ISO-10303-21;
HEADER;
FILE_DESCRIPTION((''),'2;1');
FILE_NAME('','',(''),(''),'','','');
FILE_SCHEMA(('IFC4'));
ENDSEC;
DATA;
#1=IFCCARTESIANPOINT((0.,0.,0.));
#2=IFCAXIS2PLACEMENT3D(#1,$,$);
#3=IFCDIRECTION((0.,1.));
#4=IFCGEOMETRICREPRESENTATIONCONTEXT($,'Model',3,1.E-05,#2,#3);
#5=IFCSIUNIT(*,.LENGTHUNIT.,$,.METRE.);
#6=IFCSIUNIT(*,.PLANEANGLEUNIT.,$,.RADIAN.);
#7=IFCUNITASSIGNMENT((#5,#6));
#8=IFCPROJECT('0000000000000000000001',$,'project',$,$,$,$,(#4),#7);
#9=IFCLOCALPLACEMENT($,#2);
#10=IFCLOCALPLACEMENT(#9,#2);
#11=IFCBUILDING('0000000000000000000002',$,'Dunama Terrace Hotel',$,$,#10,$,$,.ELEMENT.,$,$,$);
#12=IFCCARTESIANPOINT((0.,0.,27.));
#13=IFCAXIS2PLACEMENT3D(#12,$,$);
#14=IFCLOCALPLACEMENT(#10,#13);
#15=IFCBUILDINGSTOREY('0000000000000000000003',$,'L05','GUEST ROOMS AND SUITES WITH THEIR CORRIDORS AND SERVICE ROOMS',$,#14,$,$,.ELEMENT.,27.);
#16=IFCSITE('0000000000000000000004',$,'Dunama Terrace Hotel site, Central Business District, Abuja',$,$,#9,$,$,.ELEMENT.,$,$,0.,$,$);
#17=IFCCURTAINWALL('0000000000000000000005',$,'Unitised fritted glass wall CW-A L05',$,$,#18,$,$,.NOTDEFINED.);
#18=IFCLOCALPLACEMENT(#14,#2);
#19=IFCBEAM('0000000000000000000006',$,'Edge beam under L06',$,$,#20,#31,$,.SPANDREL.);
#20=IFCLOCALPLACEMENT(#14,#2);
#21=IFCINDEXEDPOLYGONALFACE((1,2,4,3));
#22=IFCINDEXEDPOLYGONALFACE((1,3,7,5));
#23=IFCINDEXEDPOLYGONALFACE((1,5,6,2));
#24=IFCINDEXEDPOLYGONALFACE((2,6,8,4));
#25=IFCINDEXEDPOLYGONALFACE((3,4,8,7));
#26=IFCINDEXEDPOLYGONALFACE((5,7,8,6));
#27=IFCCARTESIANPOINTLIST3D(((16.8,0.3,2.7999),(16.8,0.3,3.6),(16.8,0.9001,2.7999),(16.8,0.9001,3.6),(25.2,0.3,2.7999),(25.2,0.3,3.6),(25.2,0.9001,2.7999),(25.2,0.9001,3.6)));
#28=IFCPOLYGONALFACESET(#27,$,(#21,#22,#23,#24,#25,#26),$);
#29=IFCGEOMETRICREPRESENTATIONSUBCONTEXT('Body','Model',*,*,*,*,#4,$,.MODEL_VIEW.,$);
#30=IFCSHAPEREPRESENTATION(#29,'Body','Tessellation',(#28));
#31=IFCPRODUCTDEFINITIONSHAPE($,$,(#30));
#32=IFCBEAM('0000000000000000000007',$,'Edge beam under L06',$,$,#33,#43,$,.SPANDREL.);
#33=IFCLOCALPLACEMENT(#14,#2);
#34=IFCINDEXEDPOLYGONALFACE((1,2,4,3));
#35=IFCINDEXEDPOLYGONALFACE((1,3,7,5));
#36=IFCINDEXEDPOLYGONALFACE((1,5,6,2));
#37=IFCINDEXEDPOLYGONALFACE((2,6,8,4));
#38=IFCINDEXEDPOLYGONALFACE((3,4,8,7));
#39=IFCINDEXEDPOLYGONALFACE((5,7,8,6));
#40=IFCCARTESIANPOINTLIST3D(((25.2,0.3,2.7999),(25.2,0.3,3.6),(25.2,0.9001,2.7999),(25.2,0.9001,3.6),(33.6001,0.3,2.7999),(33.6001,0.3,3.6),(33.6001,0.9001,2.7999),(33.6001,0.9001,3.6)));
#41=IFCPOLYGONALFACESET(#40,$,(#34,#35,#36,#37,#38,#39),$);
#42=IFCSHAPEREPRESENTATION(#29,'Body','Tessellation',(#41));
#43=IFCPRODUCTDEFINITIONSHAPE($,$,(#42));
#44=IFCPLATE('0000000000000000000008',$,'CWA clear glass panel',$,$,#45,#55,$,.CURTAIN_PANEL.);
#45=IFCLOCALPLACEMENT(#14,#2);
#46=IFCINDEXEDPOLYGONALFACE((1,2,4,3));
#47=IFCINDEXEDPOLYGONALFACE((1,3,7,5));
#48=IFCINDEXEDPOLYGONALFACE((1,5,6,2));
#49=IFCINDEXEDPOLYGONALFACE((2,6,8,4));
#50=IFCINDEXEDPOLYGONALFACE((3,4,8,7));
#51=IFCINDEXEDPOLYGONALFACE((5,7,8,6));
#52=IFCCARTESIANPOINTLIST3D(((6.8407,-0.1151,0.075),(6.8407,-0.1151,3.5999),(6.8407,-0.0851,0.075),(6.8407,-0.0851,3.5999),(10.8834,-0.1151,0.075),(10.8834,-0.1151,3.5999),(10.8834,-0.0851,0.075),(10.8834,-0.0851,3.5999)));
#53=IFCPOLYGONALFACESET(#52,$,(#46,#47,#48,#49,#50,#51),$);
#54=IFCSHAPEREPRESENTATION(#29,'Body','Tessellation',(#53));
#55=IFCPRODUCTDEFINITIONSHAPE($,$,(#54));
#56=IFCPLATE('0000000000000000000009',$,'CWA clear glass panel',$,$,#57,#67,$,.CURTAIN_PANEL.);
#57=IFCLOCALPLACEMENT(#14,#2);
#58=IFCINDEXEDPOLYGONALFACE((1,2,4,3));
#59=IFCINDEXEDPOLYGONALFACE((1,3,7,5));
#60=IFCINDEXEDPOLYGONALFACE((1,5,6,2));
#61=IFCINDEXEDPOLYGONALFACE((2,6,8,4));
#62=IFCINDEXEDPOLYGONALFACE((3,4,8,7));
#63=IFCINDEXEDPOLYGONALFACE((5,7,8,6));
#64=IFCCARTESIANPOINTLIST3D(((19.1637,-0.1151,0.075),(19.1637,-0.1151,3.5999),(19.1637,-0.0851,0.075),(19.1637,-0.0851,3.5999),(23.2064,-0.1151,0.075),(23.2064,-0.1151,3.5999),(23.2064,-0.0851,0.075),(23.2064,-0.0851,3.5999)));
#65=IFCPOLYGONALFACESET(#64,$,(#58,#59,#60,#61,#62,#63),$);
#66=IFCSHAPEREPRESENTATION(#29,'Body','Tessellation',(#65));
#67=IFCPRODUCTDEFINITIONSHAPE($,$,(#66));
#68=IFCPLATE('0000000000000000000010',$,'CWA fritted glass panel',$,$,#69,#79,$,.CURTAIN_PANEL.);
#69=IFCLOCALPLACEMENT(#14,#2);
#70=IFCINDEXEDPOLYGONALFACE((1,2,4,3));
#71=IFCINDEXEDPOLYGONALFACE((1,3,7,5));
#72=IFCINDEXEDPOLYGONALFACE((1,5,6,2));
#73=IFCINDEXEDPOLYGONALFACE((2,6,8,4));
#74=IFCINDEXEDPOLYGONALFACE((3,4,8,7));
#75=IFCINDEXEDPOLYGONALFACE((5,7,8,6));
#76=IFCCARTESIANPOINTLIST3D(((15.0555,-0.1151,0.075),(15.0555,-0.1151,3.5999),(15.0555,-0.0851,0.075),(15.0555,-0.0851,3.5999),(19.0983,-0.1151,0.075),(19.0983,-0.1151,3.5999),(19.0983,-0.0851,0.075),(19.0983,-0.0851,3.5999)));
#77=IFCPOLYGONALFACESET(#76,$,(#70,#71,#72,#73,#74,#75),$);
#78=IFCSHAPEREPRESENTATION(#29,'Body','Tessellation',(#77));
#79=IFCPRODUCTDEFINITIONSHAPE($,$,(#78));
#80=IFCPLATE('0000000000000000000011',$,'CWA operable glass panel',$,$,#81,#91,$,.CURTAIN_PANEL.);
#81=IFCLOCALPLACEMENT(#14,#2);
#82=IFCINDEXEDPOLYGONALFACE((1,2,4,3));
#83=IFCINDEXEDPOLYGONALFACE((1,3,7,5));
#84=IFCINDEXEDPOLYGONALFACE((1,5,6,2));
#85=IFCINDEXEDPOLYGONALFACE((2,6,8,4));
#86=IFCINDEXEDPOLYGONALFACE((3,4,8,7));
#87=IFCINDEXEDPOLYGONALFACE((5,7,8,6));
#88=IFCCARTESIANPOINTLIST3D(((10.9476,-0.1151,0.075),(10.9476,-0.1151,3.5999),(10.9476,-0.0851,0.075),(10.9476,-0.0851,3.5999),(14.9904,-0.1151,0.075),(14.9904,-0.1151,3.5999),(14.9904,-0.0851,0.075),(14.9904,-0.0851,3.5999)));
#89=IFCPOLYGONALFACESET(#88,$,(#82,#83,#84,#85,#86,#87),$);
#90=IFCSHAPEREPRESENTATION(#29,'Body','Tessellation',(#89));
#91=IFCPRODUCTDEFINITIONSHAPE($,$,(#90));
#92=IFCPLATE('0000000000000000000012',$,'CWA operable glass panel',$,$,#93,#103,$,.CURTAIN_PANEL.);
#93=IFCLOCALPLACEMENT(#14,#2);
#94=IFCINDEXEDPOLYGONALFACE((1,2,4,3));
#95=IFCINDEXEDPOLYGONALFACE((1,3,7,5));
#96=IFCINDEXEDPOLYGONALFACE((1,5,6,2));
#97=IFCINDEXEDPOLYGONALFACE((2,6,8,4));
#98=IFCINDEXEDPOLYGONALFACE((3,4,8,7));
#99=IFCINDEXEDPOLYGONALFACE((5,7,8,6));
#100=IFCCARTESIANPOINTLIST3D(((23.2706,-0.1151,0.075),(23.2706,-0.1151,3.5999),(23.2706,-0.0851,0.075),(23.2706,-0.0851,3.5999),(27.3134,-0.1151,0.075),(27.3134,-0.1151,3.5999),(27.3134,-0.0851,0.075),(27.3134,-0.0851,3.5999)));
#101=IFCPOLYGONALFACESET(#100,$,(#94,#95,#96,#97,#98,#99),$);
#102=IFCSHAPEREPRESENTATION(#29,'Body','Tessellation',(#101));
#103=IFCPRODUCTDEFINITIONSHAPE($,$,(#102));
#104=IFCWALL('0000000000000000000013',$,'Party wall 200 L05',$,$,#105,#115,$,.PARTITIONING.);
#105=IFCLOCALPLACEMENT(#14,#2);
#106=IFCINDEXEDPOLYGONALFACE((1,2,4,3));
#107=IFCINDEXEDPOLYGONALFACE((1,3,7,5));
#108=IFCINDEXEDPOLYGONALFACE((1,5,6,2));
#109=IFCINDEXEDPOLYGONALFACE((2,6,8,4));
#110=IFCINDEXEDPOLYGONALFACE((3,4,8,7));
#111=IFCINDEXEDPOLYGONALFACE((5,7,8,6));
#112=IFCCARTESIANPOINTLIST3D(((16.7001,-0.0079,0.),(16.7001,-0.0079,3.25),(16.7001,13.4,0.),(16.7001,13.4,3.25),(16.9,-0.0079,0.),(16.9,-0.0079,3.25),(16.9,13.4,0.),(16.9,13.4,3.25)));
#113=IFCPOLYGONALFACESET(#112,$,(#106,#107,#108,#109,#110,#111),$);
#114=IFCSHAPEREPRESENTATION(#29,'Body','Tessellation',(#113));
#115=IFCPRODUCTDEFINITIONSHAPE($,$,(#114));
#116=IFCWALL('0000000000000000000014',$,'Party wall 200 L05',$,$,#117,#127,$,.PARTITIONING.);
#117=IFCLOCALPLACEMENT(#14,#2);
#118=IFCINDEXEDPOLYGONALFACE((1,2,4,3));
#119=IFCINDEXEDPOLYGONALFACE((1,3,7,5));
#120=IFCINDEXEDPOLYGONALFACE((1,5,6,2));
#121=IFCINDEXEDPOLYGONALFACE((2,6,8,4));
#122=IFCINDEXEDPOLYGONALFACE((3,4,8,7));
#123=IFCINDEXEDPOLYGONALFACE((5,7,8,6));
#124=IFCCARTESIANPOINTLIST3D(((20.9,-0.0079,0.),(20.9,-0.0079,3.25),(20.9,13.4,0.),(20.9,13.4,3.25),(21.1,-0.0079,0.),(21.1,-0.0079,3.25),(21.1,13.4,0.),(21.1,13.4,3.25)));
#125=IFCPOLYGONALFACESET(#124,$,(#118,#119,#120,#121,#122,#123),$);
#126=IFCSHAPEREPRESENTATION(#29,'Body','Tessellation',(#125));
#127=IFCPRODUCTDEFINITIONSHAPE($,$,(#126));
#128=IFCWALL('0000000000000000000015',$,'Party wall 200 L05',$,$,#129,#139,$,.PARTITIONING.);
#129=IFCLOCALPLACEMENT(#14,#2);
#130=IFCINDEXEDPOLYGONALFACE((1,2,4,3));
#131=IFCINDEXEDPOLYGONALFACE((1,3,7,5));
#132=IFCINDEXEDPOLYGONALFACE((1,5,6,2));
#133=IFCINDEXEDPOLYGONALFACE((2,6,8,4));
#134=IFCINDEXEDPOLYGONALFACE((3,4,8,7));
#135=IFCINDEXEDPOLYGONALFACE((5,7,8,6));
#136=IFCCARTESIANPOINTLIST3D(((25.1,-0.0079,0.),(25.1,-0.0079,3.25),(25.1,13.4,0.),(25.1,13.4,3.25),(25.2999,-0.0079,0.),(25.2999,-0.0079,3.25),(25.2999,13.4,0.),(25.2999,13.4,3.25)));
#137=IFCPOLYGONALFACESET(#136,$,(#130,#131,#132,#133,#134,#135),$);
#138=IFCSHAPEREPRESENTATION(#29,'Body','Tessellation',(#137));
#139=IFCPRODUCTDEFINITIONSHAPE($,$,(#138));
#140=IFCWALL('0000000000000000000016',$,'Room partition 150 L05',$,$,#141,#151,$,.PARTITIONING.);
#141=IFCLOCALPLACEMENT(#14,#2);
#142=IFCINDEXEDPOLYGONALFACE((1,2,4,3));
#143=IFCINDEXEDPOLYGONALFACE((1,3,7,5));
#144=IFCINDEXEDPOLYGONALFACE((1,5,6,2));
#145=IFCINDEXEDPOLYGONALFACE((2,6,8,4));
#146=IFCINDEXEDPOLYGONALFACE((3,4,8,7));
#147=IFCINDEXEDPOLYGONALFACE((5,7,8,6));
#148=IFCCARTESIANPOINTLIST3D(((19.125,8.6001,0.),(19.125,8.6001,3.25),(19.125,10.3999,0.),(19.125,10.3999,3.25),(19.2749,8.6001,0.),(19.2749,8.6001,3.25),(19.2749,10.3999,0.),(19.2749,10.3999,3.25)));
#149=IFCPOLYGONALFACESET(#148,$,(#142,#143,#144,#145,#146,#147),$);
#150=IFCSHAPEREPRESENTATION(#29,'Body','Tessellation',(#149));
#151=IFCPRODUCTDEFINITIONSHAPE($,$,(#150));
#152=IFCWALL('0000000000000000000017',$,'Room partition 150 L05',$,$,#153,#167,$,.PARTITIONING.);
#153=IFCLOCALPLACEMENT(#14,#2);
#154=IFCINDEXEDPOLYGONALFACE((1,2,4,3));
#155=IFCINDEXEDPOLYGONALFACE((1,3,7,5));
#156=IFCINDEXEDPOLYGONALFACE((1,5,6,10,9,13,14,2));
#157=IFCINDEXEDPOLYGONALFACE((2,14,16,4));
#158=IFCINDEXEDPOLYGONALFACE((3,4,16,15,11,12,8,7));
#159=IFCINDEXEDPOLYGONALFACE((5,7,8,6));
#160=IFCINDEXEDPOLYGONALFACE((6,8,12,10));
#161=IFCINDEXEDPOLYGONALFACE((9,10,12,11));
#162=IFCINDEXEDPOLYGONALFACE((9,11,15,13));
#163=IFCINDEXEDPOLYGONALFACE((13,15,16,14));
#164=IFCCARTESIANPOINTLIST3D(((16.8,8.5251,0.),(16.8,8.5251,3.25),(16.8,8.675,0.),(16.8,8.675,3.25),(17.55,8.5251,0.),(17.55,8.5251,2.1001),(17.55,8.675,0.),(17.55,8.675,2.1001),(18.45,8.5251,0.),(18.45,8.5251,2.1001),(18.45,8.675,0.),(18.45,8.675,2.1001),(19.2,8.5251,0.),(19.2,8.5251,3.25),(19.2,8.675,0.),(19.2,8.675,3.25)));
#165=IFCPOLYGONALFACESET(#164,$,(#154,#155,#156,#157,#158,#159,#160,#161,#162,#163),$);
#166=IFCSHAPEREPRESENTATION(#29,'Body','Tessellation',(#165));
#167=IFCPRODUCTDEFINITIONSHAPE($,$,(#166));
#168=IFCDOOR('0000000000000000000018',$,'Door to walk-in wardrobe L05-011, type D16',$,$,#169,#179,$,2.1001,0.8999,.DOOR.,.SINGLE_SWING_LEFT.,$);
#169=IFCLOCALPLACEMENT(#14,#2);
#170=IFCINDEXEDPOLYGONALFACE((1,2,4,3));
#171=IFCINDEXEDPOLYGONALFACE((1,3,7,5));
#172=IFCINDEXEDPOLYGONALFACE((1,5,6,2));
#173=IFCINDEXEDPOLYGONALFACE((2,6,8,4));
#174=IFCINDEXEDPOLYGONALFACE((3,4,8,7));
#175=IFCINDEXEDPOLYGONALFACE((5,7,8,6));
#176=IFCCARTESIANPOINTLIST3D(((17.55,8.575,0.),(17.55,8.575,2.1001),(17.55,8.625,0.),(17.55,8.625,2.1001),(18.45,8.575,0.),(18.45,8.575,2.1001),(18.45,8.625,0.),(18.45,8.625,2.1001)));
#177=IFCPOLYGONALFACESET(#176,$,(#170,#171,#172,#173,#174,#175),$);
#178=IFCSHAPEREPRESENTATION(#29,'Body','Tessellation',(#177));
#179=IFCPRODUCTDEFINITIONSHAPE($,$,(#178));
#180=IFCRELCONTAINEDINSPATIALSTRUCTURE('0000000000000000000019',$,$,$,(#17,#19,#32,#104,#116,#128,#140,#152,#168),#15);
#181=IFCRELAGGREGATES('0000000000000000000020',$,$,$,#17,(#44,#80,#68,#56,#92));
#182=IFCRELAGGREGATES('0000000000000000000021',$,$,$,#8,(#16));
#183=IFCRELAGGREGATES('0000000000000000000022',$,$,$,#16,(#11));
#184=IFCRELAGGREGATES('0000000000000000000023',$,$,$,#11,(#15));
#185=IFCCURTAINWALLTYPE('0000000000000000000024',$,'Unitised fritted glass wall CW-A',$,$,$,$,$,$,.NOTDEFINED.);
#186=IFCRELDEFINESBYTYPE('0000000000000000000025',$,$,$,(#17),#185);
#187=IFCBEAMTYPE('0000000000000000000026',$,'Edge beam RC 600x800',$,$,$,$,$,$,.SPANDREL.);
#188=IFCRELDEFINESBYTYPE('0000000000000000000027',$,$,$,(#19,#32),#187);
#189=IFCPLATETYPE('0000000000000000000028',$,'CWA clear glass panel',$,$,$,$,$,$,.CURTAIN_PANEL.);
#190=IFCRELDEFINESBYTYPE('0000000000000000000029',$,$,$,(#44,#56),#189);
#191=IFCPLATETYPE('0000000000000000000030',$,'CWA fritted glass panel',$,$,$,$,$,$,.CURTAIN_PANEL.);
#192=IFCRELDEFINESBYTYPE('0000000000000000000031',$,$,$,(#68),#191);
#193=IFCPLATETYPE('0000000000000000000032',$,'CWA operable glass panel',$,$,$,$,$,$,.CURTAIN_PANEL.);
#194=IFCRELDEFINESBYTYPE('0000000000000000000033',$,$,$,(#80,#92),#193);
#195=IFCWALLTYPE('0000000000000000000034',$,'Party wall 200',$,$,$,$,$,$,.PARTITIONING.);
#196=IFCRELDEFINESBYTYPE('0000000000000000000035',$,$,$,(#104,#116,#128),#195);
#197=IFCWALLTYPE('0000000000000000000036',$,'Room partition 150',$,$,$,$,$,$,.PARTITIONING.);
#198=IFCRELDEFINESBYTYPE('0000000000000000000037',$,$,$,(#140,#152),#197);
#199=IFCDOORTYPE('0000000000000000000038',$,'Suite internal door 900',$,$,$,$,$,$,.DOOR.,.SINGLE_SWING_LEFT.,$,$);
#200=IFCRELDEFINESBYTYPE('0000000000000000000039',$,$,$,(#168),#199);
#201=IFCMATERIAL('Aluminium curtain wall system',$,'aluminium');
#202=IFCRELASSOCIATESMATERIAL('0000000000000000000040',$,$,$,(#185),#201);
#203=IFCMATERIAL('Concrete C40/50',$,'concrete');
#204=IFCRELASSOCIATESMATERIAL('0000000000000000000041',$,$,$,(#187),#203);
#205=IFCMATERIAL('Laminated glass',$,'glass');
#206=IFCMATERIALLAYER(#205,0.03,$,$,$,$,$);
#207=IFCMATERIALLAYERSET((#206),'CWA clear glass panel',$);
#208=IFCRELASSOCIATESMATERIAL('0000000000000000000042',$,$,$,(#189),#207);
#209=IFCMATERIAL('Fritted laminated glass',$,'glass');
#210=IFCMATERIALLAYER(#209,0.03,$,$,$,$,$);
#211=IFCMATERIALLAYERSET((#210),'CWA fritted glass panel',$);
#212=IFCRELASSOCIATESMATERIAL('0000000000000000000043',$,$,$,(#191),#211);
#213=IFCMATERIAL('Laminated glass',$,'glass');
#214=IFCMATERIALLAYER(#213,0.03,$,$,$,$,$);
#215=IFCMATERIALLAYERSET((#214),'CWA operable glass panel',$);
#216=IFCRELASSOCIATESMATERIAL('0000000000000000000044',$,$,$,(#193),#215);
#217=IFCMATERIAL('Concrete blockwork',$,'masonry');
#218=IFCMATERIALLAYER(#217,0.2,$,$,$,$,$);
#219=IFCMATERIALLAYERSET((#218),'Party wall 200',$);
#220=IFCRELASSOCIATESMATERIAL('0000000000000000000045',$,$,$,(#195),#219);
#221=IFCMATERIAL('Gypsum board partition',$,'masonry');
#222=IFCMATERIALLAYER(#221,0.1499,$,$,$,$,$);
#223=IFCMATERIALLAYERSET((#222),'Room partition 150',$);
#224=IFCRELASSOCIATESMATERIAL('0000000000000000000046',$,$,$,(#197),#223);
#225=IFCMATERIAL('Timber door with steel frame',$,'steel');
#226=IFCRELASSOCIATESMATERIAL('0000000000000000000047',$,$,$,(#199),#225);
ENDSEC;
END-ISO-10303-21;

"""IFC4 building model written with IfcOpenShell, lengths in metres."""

from ifc_helpers import new_model, si_unit, direction, frame, frame_2d, origin, origin_2d, place, context, subcontext, project, spatial, rectangle, extrude, material, layer, layer_set, material_profile, profile_set, type_object, element, fill, aggregate, save


model = new_model("IFC4")

# Units and contexts
model_context = context("Model", 3, precision=1e-05, world=origin(), true_north=direction((0.0, 1.0)))
body_context = subcontext(model_context, "Body", "Model", "MODEL_VIEW")
ifc_project = project(units=[si_unit("LENGTHUNIT", "METRE"), si_unit("PLANEANGLEUNIT", "RADIAN")], contexts=[model_context])

# Site, building, storey
site_placement = place(None, origin())
site = spatial("IfcSite", under=ifc_project, at=site_placement, Name="Dunama Terrace Hotel site, Central Business District, Abuja", CompositionType="ELEMENT", RefElevation=0.0)
building_placement = place(site_placement, origin())
building = spatial("IfcBuilding", under=site, at=building_placement, Name="Dunama Terrace Hotel", CompositionType="ELEMENT")
storey_placement = place(building_placement, frame((0.0, 0.0, 27.0)))
storey = spatial("IfcBuildingStorey", under=building, at=storey_placement, Name="L05", Description="GUEST ROOMS AND SUITES WITH THEIR CORRIDORS AND SERVICE ROOMS", CompositionType="ELEMENT", Elevation=27.0)

# Curtain wall
ifc_material_1 = material(Name="Aluminium curtain wall system", Category="aluminium")
curtain_wall_type = type_object("IfcCurtainWallType", Name="Unitised fritted glass wall CW-A", PredefinedType="NOTDEFINED", material=ifc_material_1)
curtain_wall_placement = place(storey_placement, origin())
curtain_wall = element("IfcCurtainWall", 1, at=curtain_wall_placement, inside=storey, type_object=curtain_wall_type, Name="Unitised fritted glass wall CW-A L05", PredefinedType="NOTDEFINED")

# Beams
ifc_material_2 = material(Name="Concrete C40/50", Category="concrete")
ifc_material_profile_1 = material_profile(ifc_material_2, rectangle(XDim=0.6001, YDim=0.8, at=origin_2d()), Name="RC 600x800")
ifc_profile_set_1 = profile_set([ifc_material_profile_1], Name="Concrete C40/50")
beam_type = type_object("IfcBeamType", Name="Edge beam RC 600x800", PredefinedType="SPANDREL", material=ifc_profile_set_1)
beam_1_placement = place(storey_placement, frame((16.8, 0.6001, 3.2), z_axis=(1.0, 0.0, 0.0), x_axis=(0.0, 1.0, 0.0)))
element("IfcBeam", 2, at=beam_1_placement, inside=storey, type_object=beam_type, Name="Edge beam under L06", PredefinedType="SPANDREL", context=body_context, shape_type="SweptSolid", body=[
    extrude(rectangle(XDim=0.6001, YDim=0.8, at=origin_2d()), origin(), (0.0, 0.0, 1.0), 8.3999),
])
beam_2_placement = place(storey_placement, frame((25.2, 0.6001, 3.2), z_axis=(1.0, 0.0, 0.0), x_axis=(0.0, 1.0, 0.0)))
element("IfcBeam", 3, at=beam_2_placement, inside=storey, type_object=beam_type, Name="Edge beam under L06", PredefinedType="SPANDREL", context=body_context, shape_type="SweptSolid", body=[
    extrude(rectangle(XDim=0.6001, YDim=0.8, at=origin_2d()), origin(), (0.0, 0.0, 1.0), 8.4001),
])

# Plates
ifc_material_3 = material(Name="Laminated glass", Category="glass")
ifc_layer_1 = layer(ifc_material_3, 0.03)
ifc_layer_set_1 = layer_set([ifc_layer_1], Name="CWA clear glass panel")
plate_type_1 = type_object("IfcPlateType", Name="CWA clear glass panel", PredefinedType="CURTAIN_PANEL", material=ifc_layer_set_1)
plate_1_placement = place(storey_placement, frame((8.8621, -0.1001, 0.075), z_axis=(0.0, 0.0, 1.0), x_axis=(1.0, 0.0, 0.0)))
plate_1 = element("IfcPlate", 4, at=plate_1_placement, type_object=plate_type_1, Name="CWA clear glass panel", PredefinedType="CURTAIN_PANEL", context=body_context, shape_type="SweptSolid", body=[
    extrude(rectangle(XDim=4.0427, YDim=0.03, at=origin_2d()), origin(), (0.0, 0.0, 1.0), 3.5249),
])
plate_2_placement = place(storey_placement, frame((21.1851, -0.1001, 0.075), z_axis=(0.0, 0.0, 1.0), x_axis=(1.0, 0.0, 0.0)))
plate_2 = element("IfcPlate", 5, at=plate_2_placement, type_object=plate_type_1, Name="CWA clear glass panel", PredefinedType="CURTAIN_PANEL", context=body_context, shape_type="SweptSolid", body=[
    extrude(rectangle(XDim=4.0427, YDim=0.03, at=origin_2d()), origin(), (0.0, 0.0, 1.0), 3.5249),
])
ifc_material_4 = material(Name="Fritted laminated glass", Category="glass")
ifc_layer_2 = layer(ifc_material_4, 0.03)
ifc_layer_set_2 = layer_set([ifc_layer_2], Name="CWA fritted glass panel")
plate_type_2 = type_object("IfcPlateType", Name="CWA fritted glass panel", PredefinedType="CURTAIN_PANEL", material=ifc_layer_set_2)
plate_3_placement = place(storey_placement, frame((17.0769, -0.1001, 0.075), z_axis=(0.0, 0.0, 1.0), x_axis=(1.0, 0.0, 0.0)))
plate_3 = element("IfcPlate", 6, at=plate_3_placement, type_object=plate_type_2, Name="CWA fritted glass panel", PredefinedType="CURTAIN_PANEL", context=body_context, shape_type="SweptSolid", body=[
    extrude(rectangle(XDim=4.0427, YDim=0.03, at=origin_2d()), origin(), (0.0, 0.0, 1.0), 3.5249),
])
ifc_material_5 = material(Name="Laminated glass", Category="glass")
ifc_layer_3 = layer(ifc_material_5, 0.03)
ifc_layer_set_3 = layer_set([ifc_layer_3], Name="CWA operable glass panel")
plate_type_3 = type_object("IfcPlateType", Name="CWA operable glass panel", PredefinedType="CURTAIN_PANEL", material=ifc_layer_set_3)
plate_4_placement = place(storey_placement, frame((12.969, -0.1001, 0.075), z_axis=(0.0, 0.0, 1.0), x_axis=(1.0, 0.0, 0.0)))
plate_4 = element("IfcPlate", 7, at=plate_4_placement, type_object=plate_type_3, Name="CWA operable glass panel", PredefinedType="CURTAIN_PANEL", context=body_context, shape_type="SweptSolid", body=[
    extrude(rectangle(XDim=4.0427, YDim=0.03, at=origin_2d()), origin(), (0.0, 0.0, 1.0), 3.5249),
])
plate_5_placement = place(storey_placement, frame((25.292, -0.1001, 0.075), z_axis=(0.0, 0.0, 1.0), x_axis=(1.0, 0.0, 0.0)))
plate_5 = element("IfcPlate", 8, at=plate_5_placement, type_object=plate_type_3, Name="CWA operable glass panel", PredefinedType="CURTAIN_PANEL", context=body_context, shape_type="SweptSolid", body=[
    extrude(rectangle(XDim=4.0427, YDim=0.03, at=origin_2d()), origin(), (0.0, 0.0, 1.0), 3.5249),
])
aggregate(curtain_wall, [plate_1, plate_4, plate_3, plate_2, plate_5])

# Walls
ifc_material_6 = material(Name="Concrete blockwork", Category="masonry")
ifc_layer_4 = layer(ifc_material_6, 0.2)
ifc_layer_set_4 = layer_set([ifc_layer_4], Name="Party wall 200")
wall_type_1 = type_object("IfcWallType", Name="Party wall 200", PredefinedType="PARTITIONING", material=ifc_layer_set_4)
for number, where, z_axis, x_axis, name in (
    (9, (16.8, -0.0081, 0.0), (0.0, 0.0, 1.0), (0.0, 1.0, 0.0), "Party wall 200 L05"),
    (10, (21.0, -0.0081, 0.0), (0.0, 0.0, 1.0), (0.0, 1.0, 0.0), "Party wall 200 L05"),
    (11, (25.2, -0.0081, 0.0), (0.0, 0.0, 1.0), (0.0, 1.0, 0.0), "Party wall 200 L05"),
):
    element("IfcWall", number, at=place(storey_placement, frame(where, z_axis=z_axis, x_axis=x_axis)), inside=storey, type_object=wall_type_1, Name=name, PredefinedType="PARTITIONING", context=body_context, shape_type="SweptSolid", body=[
        extrude(rectangle(XDim=13.408, YDim=0.2, at=frame_2d((6.7041, 0.0))), origin(), (0.0, 0.0, 1.0), 3.25),
    ])
ifc_material_7 = material(Name="Gypsum board partition", Category="masonry")
ifc_layer_5 = layer(ifc_material_7, 0.1499)
ifc_layer_set_5 = layer_set([ifc_layer_5], Name="Room partition 150")
wall_type_2 = type_object("IfcWallType", Name="Room partition 150", PredefinedType="PARTITIONING", material=ifc_layer_set_5)
wall_1_placement = place(storey_placement, frame((19.2, 8.6001, 0.0), z_axis=(0.0, 0.0, 1.0), x_axis=(0.0, 1.0, 0.0)))
element("IfcWall", 12, at=wall_1_placement, inside=storey, type_object=wall_type_2, Name="Room partition 150 L05", PredefinedType="PARTITIONING", context=body_context, shape_type="SweptSolid", body=[
    extrude(rectangle(XDim=1.7998, YDim=0.1499, at=frame_2d((0.8999, 0.0))), origin(), (0.0, 0.0, 1.0), 3.25),
])

# Wall, opening, door
wall_2_placement = place(storey_placement, frame((16.8, 8.6001, 0.0), z_axis=(0.0, 0.0, 1.0), x_axis=(1.0, 0.0, 0.0)))
wall_2 = element("IfcWall", 13, at=wall_2_placement, inside=storey, type_object=wall_type_2, Name="Room partition 150 L05", PredefinedType="PARTITIONING", context=body_context, shape_type="SweptSolid", body=[
    extrude(rectangle(XDim=2.3999, YDim=0.1499, at=frame_2d((1.2, 0.0))), origin(), (0.0, 0.0, 1.0), 3.25),
])
opening_placement = place(wall_2_placement, frame((0.75, 0.0, 0.0)))
opening = element("IfcOpeningElement", 14, at=opening_placement, cuts=wall_2, PredefinedType="OPENING", context=body_context, shape_type="SweptSolid", body=[
    extrude(rectangle(XDim=0.8999, YDim=2.1001, at=frame_2d((0.45, 1.05))), frame((0.0, 0.085, 0.0), z_axis=(0.0, -1.0, 0.0), x_axis=(1.0, 0.0, 0.0)), (0.0, 0.0, 1.0), 0.1699),
])
ifc_material_8 = material(Name="Timber door with steel frame", Category="steel")
door_type = type_object("IfcDoorType", Name="Suite internal door 900", OperationType="SINGLE_SWING_LEFT", PredefinedType="DOOR", material=ifc_material_8)
door_placement = place(opening_placement, origin())
door = element("IfcDoor", 15, at=door_placement, inside=storey, type_object=door_type, Name="Door to walk-in wardrobe L05-011, type D16", OperationType="SINGLE_SWING_LEFT", OverallHeight=2.1001, OverallWidth=0.8999, PredefinedType="DOOR", context=body_context, shape_type="SweptSolid", body=[
    extrude(rectangle(XDim=0.8999, YDim=2.1001, at=frame_2d((0.45, 1.05))), frame((0.0, 0.0249, 0.0), z_axis=(0.0, -1.0, 0.0), x_axis=(1.0, 0.0, 0.0)), (0.0, 0.0, 1.0), 0.05),
])
fill(opening, door)

save(model, "model.ifc")
